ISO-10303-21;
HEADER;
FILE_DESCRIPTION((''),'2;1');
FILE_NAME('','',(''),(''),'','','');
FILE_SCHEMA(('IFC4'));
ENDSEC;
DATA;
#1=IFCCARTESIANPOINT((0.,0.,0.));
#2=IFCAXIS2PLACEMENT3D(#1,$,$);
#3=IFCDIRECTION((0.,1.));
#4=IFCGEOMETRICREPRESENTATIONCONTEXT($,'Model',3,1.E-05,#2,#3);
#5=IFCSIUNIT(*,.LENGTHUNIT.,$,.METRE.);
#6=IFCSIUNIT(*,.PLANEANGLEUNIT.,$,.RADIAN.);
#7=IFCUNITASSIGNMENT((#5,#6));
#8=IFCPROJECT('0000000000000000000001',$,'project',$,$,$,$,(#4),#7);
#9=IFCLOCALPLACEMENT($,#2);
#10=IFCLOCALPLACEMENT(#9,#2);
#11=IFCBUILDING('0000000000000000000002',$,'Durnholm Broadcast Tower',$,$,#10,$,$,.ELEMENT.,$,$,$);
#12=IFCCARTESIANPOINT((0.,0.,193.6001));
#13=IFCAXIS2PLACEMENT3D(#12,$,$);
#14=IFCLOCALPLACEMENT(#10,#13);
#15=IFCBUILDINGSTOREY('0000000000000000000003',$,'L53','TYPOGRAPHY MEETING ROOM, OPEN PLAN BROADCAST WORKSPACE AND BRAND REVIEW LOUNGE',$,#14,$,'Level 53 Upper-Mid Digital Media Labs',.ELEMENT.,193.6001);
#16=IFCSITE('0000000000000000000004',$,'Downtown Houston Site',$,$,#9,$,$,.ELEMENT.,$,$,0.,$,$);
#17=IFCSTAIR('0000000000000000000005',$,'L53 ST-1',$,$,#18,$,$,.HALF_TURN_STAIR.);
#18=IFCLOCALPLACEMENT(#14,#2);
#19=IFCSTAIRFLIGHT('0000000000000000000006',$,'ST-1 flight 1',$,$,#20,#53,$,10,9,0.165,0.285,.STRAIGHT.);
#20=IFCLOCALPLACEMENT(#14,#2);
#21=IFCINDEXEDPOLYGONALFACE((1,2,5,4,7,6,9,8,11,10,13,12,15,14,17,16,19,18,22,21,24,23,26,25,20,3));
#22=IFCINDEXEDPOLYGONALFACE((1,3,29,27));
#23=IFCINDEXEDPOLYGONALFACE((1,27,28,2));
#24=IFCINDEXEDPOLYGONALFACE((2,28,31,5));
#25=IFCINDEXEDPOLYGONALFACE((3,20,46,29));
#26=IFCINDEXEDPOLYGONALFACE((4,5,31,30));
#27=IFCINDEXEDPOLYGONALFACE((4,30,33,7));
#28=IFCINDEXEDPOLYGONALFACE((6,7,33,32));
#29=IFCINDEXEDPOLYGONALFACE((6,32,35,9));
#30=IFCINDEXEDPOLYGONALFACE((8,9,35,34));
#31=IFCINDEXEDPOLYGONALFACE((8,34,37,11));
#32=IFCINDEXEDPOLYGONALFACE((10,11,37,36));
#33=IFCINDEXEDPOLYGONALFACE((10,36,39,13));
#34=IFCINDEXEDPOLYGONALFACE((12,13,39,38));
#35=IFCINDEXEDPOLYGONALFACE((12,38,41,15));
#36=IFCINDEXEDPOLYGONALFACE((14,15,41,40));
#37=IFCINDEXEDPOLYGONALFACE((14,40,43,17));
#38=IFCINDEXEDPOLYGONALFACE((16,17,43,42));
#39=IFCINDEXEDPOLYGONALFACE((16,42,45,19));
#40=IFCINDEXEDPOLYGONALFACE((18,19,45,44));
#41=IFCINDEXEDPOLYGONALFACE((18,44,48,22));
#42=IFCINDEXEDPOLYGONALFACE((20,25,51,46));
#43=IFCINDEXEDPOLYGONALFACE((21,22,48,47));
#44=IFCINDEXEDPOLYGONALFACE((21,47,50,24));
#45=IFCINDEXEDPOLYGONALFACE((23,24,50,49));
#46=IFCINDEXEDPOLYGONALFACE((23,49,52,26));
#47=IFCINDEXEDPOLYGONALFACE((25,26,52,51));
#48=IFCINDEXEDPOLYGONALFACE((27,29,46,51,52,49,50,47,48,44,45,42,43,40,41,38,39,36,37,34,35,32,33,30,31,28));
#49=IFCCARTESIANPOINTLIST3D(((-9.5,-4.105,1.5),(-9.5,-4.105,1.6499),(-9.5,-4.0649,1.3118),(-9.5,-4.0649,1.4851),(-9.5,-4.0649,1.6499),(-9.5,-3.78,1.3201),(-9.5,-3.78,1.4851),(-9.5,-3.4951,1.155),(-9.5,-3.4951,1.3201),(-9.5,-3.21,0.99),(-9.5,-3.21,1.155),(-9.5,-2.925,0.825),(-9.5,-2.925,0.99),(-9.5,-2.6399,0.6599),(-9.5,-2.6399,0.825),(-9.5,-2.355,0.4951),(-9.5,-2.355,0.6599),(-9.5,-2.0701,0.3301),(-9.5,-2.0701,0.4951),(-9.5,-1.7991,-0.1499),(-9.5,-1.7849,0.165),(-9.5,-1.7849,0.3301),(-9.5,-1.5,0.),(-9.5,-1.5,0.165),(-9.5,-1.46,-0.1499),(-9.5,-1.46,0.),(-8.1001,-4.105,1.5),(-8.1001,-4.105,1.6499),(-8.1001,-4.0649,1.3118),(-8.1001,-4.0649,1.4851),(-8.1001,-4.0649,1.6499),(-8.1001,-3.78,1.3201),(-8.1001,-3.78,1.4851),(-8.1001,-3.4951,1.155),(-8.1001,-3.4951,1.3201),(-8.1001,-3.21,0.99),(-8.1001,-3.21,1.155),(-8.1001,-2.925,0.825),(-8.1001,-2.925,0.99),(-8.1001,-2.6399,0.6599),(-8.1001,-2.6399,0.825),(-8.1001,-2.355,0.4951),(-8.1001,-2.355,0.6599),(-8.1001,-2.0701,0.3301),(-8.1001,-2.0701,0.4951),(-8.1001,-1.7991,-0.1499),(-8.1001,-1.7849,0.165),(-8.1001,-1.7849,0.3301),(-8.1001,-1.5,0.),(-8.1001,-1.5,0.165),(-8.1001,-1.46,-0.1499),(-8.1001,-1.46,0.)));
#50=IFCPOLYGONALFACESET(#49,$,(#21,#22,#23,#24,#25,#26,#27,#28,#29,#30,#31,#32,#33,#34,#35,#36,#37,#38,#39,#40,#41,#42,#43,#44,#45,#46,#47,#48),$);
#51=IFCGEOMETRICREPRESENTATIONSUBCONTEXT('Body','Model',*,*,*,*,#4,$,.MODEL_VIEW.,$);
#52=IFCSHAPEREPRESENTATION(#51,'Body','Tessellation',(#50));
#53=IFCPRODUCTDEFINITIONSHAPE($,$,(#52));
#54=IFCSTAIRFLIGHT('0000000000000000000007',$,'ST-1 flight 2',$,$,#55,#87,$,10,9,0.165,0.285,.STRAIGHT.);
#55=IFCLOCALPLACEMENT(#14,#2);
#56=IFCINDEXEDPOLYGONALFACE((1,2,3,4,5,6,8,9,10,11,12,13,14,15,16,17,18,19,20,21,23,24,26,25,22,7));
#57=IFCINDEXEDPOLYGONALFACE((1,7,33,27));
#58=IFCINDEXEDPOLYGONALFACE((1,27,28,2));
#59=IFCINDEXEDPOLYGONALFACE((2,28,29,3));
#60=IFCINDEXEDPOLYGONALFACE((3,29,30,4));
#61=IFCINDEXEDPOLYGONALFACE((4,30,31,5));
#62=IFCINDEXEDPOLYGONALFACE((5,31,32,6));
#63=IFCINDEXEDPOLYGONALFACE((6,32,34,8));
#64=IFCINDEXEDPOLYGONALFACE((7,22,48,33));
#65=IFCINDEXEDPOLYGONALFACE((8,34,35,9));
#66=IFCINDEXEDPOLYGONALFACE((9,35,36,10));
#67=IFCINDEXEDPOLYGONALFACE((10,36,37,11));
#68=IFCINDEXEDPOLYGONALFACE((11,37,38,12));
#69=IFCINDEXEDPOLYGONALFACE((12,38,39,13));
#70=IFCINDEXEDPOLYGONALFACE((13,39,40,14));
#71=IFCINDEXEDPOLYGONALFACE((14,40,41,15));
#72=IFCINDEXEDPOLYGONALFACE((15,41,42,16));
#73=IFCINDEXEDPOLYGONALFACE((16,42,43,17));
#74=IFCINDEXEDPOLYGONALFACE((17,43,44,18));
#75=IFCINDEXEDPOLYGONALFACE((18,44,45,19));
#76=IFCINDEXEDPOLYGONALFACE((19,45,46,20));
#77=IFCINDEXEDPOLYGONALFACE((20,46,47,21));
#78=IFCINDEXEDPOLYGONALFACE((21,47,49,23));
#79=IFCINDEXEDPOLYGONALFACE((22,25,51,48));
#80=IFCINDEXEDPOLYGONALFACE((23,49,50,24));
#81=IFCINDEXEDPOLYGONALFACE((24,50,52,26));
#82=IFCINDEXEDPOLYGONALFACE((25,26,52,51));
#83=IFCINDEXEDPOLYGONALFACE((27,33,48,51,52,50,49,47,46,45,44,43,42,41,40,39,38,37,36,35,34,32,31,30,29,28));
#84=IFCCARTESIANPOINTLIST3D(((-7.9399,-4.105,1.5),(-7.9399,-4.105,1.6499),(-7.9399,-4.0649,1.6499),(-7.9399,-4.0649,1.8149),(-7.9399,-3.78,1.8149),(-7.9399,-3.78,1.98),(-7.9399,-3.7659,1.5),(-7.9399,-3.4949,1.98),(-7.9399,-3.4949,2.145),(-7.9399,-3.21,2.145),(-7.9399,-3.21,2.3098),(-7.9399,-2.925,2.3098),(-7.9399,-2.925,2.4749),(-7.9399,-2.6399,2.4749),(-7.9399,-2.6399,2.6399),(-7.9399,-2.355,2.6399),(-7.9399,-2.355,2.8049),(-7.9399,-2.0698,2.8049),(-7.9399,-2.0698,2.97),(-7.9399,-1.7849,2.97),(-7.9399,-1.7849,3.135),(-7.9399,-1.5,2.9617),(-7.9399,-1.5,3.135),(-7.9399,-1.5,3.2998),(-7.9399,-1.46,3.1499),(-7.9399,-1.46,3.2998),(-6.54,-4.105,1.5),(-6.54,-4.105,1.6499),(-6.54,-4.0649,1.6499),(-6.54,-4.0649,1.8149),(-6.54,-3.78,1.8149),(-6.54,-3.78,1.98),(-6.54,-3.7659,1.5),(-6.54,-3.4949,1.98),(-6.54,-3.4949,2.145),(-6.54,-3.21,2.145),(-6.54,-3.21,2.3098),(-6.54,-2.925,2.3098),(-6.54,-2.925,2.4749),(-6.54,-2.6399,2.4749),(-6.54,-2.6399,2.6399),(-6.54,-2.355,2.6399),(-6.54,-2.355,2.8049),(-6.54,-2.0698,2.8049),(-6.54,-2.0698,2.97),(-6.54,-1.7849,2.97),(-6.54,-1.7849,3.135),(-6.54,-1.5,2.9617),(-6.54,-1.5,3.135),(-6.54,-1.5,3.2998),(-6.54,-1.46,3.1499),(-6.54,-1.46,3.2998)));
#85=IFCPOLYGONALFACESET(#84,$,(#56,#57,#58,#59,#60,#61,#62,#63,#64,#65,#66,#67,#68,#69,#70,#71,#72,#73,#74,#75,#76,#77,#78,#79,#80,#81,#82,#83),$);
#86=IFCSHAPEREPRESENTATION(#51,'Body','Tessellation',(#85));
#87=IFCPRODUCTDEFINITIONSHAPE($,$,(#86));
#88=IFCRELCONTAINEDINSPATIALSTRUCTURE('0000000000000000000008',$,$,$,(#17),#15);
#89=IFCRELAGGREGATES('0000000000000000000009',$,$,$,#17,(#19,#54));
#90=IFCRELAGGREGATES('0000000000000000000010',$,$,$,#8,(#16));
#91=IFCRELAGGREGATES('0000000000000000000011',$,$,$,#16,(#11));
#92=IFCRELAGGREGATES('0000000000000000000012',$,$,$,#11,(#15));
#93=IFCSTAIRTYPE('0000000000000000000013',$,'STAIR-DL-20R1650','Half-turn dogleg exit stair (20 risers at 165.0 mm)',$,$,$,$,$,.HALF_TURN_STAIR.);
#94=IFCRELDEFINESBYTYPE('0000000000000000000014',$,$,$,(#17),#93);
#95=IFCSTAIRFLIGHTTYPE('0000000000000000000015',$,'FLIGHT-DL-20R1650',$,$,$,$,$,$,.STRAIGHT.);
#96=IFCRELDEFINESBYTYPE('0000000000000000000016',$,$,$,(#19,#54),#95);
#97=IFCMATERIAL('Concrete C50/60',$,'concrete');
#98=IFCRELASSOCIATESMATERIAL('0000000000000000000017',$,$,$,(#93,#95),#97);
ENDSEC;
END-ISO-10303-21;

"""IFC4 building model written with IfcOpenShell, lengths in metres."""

from ifc_helpers import new_model, si_unit, direction, frame, origin, place, context, subcontext, project, spatial, polyline, outline, extrude, material, type_object, element, aggregate, save


model = new_model("IFC4")

# Units and contexts
model_context = context("Model", 3, precision=1e-05, world=origin(), true_north=direction((0.0, 1.0)))
body_context = subcontext(model_context, "Body", "Model", "MODEL_VIEW")
ifc_project = project(units=[si_unit("LENGTHUNIT", "METRE"), si_unit("PLANEANGLEUNIT", "RADIAN")], contexts=[model_context])

# Site, building, storey
site_placement = place(None, origin())
site = spatial("IfcSite", under=ifc_project, at=site_placement, Name="Downtown Houston Site", CompositionType="ELEMENT", RefElevation=0.0)
building_placement = place(site_placement, origin())
building = spatial("IfcBuilding", under=site, at=building_placement, Name="Durnholm Broadcast Tower", CompositionType="ELEMENT")
storey_placement = place(building_placement, frame((0.0, 0.0, 193.6001)))
storey = spatial("IfcBuildingStorey", under=building, at=storey_placement, Name="L53", Description="TYPOGRAPHY MEETING ROOM, OPEN PLAN BROADCAST WORKSPACE AND BRAND REVIEW LOUNGE", LongName="Level 53 Upper-Mid Digital Media Labs", CompositionType="ELEMENT", Elevation=193.6001)

# Shared definitions
ifc_material_1 = material(Name="Concrete C50/60", Category="concrete")

# Stair, stair flights
stair_type = type_object("IfcStairType", Name="STAIR-DL-20R1650", Description="Half-turn dogleg exit stair (20 risers at 165.0 mm)", PredefinedType="HALF_TURN_STAIR", material=ifc_material_1)
stair_placement = place(storey_placement, origin())
stair = element("IfcStair", 1, at=stair_placement, inside=storey, type_object=stair_type, Name="L53 ST-1", PredefinedType="HALF_TURN_STAIR")
stair_flight_type = type_object("IfcStairFlightType", Name="FLIGHT-DL-20R1650", PredefinedType="STRAIGHT", material=ifc_material_1)
stair_flight_1_placement = place(storey_placement, frame((-8.8, -1.5, 0.0), z_axis=(0.0, 0.0, 1.0), x_axis=(0.0, -1.0, 0.0)))
stair_flight_1 = element("IfcStairFlight", 2, at=stair_flight_1_placement, type_object=stair_flight_type, Name="ST-1 flight 1", NumberOfRisers=10, NumberOfTreads=9, PredefinedType="STRAIGHT", RiserHeight=0.165, TreadLength=0.285, context=body_context, shape_type="SweptSolid", body=[
    extrude(outline(polyline([(-0.04, -0.1499), (-0.04, 0.0), (0.0, 0.0), (0.0, 0.165), (0.2849, 0.165), (0.2849, 0.3301), (0.5701, 0.3301), (0.5701, 0.4951), (0.855, 0.4951), (0.855, 0.6599), (1.1399, 0.6599), (1.1399, 0.825), (1.425, 0.825), (1.425, 0.99), (1.71, 0.99), (1.71, 1.155), (1.9951, 1.155), (1.9951, 1.3201), (2.28, 1.3201), (2.28, 1.4851), (2.5649, 1.4851), (2.5649, 1.6499), (2.605, 1.6499), (2.605, 1.5), (2.5649, 1.3118), (0.2991, -0.1499), (-0.04, -0.1499)])), frame((0.0, 0.7, 0.0), z_axis=(0.0, -1.0, 0.0), x_axis=(1.0, 0.0, 0.0)), (0.0, 0.0, 1.0), 1.3999),
])
stair_flight_2_placement = place(storey_placement, frame((-7.24, -4.0649, 1.6499), z_axis=(0.0, 0.0, 1.0), x_axis=(0.0, 1.0, 0.0)))
stair_flight_2 = element("IfcStairFlight", 3, at=stair_flight_2_placement, type_object=stair_flight_type, Name="ST-1 flight 2", NumberOfRisers=10, NumberOfTreads=9, PredefinedType="STRAIGHT", RiserHeight=0.165, TreadLength=0.285, context=body_context, shape_type="SweptSolid", body=[
    extrude(outline(polyline([(-0.04, -0.1499), (-0.04, 0.0), (0.0, 0.0), (0.0, 0.165), (0.2849, 0.165), (0.2849, 0.3301), (0.5701, 0.3301), (0.5701, 0.4951), (0.855, 0.4951), (0.855, 0.6599), (1.1399, 0.6599), (1.1399, 0.825), (1.425, 0.825), (1.425, 0.99), (1.71, 0.99), (1.71, 1.155), (1.9951, 1.155), (1.9951, 1.3201), (2.28, 1.3201), (2.28, 1.4851), (2.5649, 1.4851), (2.5649, 1.6499), (2.605, 1.6499), (2.605, 1.5), (2.5649, 1.3118), (0.2991, -0.1499), (-0.04, -0.1499)])), frame((0.0, 0.7, 0.0), z_axis=(0.0, -1.0, 0.0), x_axis=(1.0, 0.0, 0.0)), (0.0, 0.0, 1.0), 1.3999),
])
aggregate(stair, [stair_flight_1, stair_flight_2])

save(model, "model.ifc")
